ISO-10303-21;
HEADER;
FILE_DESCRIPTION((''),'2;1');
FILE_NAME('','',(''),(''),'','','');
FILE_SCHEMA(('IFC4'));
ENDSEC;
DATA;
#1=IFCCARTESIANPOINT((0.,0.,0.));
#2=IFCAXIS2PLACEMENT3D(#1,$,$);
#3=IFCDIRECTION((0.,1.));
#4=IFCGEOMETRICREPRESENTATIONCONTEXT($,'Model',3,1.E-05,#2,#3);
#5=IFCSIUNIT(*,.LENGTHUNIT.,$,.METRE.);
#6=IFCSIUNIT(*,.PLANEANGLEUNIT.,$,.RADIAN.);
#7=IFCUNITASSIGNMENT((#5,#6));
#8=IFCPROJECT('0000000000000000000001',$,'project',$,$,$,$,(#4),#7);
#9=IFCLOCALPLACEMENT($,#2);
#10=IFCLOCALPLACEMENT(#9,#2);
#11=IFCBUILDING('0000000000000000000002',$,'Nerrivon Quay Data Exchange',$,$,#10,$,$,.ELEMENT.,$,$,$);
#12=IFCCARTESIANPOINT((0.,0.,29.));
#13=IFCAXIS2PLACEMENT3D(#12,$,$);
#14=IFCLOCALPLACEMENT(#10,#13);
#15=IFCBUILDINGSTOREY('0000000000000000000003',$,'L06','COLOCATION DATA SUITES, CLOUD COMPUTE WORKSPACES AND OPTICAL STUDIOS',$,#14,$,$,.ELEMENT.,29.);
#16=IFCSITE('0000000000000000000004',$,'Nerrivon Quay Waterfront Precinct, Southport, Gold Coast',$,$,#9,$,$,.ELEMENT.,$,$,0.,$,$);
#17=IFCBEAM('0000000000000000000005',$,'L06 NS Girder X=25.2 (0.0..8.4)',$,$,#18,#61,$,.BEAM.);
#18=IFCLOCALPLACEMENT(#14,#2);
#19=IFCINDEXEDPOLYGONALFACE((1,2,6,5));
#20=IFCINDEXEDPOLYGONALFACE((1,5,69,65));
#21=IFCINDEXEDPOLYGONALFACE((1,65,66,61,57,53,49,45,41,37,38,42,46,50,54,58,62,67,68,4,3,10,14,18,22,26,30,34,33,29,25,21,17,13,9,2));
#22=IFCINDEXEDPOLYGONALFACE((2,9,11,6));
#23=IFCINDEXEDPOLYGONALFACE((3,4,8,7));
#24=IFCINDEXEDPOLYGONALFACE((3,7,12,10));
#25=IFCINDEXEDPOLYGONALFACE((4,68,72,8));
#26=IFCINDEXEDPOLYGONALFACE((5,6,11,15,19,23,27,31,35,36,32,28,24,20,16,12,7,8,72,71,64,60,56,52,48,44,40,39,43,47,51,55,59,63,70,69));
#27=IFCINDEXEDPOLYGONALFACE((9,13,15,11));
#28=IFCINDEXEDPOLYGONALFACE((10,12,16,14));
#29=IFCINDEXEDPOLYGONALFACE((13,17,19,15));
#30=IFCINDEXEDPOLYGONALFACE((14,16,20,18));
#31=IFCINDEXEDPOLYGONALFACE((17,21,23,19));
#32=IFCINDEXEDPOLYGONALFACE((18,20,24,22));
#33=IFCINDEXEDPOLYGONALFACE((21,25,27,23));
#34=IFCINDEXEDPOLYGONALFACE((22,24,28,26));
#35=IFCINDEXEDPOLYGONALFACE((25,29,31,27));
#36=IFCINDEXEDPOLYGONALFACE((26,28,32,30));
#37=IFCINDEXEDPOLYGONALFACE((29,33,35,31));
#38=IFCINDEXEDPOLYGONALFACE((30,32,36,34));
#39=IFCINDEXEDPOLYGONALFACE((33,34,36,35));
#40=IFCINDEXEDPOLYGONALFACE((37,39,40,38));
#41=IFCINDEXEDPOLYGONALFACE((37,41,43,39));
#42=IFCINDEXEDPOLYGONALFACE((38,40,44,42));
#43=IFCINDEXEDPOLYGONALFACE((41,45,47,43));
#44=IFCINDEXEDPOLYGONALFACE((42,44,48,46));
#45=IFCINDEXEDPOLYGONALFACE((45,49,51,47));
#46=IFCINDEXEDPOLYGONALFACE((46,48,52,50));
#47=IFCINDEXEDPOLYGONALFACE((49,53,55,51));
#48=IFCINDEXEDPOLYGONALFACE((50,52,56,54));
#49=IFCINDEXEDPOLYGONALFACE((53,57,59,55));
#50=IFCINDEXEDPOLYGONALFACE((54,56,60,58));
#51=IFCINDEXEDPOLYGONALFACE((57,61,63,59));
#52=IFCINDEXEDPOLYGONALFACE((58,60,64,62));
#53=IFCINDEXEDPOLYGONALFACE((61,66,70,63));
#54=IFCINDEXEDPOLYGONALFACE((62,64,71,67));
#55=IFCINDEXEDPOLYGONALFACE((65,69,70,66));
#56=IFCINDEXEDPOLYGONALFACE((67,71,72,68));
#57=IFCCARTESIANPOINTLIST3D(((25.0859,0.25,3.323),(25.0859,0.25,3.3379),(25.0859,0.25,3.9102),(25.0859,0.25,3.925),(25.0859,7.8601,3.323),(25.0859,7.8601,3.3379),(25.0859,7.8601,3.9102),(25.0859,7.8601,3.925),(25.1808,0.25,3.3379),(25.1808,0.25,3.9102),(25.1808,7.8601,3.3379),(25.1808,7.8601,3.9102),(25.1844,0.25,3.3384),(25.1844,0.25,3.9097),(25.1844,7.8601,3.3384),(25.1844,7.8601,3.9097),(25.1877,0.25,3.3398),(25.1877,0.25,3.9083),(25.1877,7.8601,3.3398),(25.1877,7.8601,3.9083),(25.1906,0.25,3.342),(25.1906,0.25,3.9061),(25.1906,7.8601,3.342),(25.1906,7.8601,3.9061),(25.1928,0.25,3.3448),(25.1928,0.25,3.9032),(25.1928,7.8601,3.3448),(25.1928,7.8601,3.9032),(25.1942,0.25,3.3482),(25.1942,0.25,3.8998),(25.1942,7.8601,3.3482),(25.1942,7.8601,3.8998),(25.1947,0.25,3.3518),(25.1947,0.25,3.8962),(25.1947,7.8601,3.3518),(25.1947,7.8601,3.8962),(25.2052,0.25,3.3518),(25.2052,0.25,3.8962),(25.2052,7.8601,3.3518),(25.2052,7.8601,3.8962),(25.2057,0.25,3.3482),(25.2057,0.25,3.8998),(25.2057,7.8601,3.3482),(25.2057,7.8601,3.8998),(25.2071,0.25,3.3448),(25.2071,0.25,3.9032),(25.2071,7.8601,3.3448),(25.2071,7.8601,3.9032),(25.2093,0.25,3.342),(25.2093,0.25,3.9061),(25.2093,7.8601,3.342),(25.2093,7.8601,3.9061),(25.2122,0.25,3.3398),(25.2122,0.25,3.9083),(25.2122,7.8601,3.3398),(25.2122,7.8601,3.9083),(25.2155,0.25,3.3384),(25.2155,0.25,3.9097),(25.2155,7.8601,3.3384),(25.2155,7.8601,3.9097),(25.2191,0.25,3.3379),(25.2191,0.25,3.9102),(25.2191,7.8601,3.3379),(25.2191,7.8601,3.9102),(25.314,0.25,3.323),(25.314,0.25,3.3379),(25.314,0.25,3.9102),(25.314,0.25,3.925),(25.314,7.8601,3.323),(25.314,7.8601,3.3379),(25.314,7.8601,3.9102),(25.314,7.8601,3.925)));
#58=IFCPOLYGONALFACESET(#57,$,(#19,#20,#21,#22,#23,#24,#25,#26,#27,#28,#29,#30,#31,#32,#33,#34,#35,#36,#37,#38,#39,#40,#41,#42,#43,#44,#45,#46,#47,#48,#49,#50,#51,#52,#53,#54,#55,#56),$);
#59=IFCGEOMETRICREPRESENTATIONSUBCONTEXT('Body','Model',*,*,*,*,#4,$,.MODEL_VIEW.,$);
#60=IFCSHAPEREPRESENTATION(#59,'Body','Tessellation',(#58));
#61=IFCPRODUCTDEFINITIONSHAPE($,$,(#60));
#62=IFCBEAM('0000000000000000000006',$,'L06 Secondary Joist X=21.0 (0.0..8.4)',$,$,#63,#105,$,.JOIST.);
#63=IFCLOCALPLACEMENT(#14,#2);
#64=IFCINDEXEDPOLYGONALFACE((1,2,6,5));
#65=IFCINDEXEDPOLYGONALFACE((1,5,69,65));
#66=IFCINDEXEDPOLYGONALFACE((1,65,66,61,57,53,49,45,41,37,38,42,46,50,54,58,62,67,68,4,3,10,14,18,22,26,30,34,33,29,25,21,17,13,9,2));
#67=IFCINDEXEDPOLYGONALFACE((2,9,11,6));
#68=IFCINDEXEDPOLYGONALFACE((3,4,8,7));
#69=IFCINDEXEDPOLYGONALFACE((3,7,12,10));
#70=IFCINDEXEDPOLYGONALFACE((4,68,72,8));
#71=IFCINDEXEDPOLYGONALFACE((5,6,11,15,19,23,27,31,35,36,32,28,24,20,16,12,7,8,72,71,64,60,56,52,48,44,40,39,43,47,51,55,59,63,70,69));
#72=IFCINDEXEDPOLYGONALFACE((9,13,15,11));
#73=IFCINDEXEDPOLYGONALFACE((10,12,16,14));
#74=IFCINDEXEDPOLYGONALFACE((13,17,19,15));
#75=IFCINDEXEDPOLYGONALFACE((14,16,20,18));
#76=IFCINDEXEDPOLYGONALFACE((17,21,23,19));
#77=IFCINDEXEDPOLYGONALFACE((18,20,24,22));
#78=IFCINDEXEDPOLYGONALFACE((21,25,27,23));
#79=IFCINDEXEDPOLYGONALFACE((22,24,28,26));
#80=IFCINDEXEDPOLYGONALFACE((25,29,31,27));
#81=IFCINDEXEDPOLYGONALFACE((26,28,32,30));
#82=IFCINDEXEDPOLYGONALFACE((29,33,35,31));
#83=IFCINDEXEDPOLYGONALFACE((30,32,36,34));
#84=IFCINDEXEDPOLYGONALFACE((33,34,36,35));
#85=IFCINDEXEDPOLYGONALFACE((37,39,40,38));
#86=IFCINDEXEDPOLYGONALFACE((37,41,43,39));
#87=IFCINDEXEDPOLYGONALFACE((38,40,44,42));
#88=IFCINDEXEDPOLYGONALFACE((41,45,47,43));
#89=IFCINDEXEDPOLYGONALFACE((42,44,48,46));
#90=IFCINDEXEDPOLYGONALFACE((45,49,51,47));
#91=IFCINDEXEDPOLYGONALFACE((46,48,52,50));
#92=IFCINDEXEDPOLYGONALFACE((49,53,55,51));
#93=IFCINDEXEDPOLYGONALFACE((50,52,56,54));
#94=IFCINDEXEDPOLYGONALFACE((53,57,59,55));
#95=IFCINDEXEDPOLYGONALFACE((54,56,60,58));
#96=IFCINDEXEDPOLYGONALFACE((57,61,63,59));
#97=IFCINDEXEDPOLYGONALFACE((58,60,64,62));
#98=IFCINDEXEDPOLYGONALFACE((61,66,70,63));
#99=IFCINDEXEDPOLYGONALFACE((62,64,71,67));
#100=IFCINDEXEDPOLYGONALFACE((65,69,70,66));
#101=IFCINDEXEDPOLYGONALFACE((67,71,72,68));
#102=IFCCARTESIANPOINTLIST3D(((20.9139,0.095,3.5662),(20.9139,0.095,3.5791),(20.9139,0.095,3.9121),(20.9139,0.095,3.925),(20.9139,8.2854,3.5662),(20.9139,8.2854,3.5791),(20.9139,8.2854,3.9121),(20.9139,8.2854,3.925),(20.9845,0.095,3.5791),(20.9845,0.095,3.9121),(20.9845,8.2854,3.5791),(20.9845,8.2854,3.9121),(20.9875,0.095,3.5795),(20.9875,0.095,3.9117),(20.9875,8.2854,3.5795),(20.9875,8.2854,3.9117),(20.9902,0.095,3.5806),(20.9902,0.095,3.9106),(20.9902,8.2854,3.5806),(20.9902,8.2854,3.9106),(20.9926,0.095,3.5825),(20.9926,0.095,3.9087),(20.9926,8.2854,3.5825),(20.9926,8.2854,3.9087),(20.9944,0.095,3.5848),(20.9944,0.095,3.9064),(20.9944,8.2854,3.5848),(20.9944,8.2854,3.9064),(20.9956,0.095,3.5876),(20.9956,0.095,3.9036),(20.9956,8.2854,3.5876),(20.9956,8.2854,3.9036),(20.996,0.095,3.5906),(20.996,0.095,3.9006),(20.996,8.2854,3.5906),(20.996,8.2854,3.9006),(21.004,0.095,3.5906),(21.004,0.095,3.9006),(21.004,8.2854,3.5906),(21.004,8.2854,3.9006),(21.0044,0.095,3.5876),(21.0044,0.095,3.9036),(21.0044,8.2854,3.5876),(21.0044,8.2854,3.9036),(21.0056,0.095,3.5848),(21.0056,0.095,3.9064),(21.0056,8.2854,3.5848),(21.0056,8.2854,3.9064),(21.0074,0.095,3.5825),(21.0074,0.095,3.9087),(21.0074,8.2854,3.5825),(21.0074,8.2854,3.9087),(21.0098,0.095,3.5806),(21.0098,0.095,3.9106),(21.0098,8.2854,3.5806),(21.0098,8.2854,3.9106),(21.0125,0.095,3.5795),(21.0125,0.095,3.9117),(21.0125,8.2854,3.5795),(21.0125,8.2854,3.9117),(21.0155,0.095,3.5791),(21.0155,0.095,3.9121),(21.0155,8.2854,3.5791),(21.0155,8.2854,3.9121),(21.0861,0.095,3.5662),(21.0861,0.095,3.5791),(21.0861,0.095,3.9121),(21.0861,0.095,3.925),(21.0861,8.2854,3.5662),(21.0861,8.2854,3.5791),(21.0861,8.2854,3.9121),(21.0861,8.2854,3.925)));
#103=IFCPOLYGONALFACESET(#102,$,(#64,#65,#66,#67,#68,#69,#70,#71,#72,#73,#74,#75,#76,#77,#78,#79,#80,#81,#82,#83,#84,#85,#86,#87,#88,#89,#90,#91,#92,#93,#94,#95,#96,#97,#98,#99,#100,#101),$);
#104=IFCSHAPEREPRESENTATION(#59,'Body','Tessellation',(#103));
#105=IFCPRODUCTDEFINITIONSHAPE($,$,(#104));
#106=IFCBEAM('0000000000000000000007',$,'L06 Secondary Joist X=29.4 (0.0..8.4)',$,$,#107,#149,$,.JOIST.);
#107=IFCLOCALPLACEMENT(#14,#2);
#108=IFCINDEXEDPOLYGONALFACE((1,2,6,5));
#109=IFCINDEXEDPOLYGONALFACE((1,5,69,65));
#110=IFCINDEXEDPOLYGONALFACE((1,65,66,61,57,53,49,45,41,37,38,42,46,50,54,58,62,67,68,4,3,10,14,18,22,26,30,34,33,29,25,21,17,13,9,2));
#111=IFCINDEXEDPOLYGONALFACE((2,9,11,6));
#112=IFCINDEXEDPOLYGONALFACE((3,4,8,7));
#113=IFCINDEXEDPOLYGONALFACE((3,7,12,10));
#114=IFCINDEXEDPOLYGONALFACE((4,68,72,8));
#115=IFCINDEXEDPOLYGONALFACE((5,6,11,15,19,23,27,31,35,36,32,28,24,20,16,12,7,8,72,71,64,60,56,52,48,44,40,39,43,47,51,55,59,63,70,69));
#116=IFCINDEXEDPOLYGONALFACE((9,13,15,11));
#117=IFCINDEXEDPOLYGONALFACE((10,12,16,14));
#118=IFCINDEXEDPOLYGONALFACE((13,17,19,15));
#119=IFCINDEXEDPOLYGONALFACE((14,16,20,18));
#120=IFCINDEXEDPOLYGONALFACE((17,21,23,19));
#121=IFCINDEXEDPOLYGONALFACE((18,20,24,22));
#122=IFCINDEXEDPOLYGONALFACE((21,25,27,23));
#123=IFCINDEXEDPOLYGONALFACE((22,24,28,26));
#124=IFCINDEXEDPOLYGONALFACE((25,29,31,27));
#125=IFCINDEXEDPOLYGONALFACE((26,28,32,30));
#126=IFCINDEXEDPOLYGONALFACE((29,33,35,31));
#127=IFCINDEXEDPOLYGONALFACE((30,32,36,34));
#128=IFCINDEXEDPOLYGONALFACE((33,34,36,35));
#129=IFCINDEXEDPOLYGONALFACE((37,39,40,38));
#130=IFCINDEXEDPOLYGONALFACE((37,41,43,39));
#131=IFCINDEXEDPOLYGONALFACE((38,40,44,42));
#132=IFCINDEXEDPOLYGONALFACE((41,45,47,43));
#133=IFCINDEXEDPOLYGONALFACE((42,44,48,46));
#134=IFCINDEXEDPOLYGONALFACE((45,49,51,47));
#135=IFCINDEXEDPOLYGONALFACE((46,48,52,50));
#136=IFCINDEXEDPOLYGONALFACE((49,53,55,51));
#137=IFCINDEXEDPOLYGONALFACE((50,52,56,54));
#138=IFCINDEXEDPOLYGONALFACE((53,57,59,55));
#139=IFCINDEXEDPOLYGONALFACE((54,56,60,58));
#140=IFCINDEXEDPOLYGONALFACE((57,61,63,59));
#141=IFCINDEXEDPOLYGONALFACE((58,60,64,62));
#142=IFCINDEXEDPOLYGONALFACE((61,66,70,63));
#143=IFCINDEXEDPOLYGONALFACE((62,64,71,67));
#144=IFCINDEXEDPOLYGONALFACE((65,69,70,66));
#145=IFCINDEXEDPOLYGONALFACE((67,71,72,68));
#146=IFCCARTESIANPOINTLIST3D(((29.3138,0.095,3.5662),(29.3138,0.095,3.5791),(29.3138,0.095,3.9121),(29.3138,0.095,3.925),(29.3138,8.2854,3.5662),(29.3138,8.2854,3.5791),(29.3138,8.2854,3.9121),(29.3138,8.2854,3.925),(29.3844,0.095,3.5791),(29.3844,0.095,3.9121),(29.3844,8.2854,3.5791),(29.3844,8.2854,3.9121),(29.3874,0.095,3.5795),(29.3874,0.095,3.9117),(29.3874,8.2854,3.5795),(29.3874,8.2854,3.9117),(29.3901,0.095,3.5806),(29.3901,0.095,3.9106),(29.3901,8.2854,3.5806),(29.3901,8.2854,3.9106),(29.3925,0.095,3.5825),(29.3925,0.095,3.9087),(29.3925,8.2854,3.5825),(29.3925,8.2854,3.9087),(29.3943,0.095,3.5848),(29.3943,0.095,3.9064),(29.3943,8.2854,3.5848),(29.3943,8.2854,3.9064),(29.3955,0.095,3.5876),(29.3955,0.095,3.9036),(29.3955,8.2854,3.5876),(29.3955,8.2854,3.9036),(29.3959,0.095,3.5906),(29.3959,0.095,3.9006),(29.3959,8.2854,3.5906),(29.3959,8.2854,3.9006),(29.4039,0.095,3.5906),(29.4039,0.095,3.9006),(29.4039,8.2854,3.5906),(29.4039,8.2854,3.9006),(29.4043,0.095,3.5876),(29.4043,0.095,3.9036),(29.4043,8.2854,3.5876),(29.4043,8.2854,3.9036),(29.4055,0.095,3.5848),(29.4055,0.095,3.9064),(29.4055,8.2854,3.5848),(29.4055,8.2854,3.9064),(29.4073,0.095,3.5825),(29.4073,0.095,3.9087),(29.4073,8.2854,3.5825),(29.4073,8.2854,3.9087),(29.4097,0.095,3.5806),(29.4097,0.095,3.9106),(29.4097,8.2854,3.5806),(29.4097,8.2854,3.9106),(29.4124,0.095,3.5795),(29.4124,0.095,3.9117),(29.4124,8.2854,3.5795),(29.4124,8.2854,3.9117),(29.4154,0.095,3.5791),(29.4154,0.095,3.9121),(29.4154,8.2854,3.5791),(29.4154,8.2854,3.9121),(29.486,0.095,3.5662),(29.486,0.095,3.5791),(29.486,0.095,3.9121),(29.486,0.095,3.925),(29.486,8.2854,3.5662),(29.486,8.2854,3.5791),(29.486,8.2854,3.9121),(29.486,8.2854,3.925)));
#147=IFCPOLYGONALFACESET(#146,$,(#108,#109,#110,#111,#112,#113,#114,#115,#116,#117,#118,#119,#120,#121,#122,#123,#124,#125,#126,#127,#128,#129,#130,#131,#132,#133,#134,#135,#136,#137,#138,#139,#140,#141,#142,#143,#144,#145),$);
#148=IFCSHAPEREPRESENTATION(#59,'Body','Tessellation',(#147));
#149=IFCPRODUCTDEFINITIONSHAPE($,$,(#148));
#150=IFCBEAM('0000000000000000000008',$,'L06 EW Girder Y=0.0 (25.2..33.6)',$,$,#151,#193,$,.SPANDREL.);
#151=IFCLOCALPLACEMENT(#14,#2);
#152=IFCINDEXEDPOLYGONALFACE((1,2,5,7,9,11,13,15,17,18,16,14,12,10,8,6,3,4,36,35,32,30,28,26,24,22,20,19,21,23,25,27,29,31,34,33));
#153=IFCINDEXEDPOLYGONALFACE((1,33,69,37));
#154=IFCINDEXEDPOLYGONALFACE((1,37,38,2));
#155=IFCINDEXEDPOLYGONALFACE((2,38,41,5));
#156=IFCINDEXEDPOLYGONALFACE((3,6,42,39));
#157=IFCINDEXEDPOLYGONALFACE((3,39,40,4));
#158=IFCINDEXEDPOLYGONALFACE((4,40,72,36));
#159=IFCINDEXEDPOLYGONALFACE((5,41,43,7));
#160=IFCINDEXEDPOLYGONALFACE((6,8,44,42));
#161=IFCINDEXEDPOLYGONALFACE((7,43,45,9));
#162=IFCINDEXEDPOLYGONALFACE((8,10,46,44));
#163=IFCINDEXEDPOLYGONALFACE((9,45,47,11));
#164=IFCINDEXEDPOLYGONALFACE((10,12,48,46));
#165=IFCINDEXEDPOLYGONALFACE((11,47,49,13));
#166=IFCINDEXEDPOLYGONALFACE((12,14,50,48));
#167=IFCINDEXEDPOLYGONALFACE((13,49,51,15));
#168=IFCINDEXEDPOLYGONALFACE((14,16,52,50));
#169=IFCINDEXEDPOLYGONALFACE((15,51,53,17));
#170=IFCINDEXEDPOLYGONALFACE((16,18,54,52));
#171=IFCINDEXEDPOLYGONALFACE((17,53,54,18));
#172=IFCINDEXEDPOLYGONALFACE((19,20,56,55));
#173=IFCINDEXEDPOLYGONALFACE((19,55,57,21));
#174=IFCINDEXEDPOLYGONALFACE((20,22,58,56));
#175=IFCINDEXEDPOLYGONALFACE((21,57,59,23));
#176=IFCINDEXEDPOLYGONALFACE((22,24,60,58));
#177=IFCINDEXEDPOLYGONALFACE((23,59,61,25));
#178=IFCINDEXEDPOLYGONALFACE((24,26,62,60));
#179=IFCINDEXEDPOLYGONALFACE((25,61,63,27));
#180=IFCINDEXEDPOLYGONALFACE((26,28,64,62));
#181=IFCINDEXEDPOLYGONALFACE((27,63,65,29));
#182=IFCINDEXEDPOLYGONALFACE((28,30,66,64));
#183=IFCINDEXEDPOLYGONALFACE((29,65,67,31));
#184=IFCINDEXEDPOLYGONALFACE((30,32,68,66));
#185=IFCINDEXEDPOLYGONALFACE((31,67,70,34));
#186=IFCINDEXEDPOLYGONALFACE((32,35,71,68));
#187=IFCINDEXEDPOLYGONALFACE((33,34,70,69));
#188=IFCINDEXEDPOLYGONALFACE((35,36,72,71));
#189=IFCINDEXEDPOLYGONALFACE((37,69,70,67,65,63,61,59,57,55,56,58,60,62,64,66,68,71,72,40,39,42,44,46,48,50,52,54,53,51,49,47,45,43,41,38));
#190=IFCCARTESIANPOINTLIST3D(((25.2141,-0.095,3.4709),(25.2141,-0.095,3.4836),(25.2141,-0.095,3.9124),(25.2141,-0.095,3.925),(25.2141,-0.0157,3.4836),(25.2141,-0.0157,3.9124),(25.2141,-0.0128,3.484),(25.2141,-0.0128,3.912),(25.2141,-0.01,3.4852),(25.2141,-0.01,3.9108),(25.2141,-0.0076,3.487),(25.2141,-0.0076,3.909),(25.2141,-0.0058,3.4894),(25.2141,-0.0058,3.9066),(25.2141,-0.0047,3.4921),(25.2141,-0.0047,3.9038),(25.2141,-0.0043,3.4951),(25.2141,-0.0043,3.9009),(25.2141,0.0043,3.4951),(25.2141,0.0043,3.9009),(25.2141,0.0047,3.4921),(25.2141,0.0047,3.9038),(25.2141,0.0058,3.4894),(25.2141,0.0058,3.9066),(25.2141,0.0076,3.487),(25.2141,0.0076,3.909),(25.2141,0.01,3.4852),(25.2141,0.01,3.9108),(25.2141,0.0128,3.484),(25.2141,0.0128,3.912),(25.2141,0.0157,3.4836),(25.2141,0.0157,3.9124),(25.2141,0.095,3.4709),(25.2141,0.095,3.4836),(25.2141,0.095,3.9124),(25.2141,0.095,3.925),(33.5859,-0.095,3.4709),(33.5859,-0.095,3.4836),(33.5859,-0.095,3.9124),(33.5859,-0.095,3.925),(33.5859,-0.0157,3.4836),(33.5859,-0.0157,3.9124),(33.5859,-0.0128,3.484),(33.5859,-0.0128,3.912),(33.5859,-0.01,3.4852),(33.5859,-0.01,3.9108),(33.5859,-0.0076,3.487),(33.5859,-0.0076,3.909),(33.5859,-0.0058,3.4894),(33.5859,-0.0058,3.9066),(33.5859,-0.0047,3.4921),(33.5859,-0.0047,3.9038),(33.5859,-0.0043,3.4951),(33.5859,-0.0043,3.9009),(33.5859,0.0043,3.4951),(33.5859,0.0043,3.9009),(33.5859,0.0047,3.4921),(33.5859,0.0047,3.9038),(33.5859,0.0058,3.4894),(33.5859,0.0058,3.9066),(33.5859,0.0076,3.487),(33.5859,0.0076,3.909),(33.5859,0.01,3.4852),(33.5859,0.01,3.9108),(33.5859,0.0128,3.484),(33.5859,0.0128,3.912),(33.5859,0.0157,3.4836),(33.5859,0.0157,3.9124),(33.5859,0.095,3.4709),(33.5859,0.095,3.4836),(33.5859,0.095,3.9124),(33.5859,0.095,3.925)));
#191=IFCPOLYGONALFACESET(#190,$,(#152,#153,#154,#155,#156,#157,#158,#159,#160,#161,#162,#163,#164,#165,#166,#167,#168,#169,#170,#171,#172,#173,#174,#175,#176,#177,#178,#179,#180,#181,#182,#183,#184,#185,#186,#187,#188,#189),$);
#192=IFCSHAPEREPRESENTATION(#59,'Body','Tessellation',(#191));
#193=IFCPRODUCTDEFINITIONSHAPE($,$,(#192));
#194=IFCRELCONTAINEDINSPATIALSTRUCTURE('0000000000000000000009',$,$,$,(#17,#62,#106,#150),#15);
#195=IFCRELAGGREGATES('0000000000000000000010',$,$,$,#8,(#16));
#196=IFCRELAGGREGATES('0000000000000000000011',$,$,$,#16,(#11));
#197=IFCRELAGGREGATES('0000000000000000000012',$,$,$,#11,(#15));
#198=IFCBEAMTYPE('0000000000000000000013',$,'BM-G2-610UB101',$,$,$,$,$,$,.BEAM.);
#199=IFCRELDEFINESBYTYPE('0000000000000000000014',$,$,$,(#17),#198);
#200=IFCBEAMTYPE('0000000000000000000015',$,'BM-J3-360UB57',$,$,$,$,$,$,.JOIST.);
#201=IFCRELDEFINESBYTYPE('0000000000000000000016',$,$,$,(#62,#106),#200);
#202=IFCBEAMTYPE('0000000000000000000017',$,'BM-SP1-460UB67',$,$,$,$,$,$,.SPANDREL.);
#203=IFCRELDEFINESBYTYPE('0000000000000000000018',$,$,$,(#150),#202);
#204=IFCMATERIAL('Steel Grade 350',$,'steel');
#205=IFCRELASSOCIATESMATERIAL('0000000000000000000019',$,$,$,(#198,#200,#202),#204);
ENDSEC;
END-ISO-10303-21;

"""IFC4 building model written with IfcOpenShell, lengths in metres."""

from ifc_helpers import new_model, si_unit, direction, frame, origin, origin_2d, place, context, subcontext, project, spatial, i_section, extrude, material, material_profile, profile_set, type_object, element, save


model = new_model("IFC4")

# Units and contexts
model_context = context("Model", 3, precision=1e-05, world=origin(), true_north=direction((0.0, 1.0)))
body_context = subcontext(model_context, "Body", "Model", "MODEL_VIEW")
ifc_project = project(units=[si_unit("LENGTHUNIT", "METRE"), si_unit("PLANEANGLEUNIT", "RADIAN")], contexts=[model_context])

# Site, building, storey
site_placement = place(None, origin())
site = spatial("IfcSite", under=ifc_project, at=site_placement, Name="Nerrivon Quay Waterfront Precinct, Southport, Gold Coast", CompositionType="ELEMENT", RefElevation=0.0)
building_placement = place(site_placement, origin())
building = spatial("IfcBuilding", under=site, at=building_placement, Name="Nerrivon Quay Data Exchange", CompositionType="ELEMENT")
storey_placement = place(building_placement, frame((0.0, 0.0, 29.0)))
storey = spatial("IfcBuildingStorey", under=building, at=storey_placement, Name="L06", Description="COLOCATION DATA SUITES, CLOUD COMPUTE WORKSPACES AND OPTICAL STUDIOS", CompositionType="ELEMENT", Elevation=29.0)

# Shared definitions
ifc_material_1 = material(Name="Steel Grade 350", Category="steel")

# Beams
ifc_material_profile_1 = material_profile(ifc_material_1, i_section(OverallWidth=0.228, OverallDepth=0.6021, WebThickness=0.0105, FlangeThickness=0.0149, FilletRadius=0.0139, at=origin_2d()), Name="610UB101")
ifc_profile_set_1 = profile_set([ifc_material_profile_1], Name="Steel Grade 350")
beam_type_1 = type_object("IfcBeamType", Name="BM-G2-610UB101", PredefinedType="BEAM", material=ifc_profile_set_1)
beam_1_placement = place(storey_placement, frame((25.2, 0.25, 3.624), z_axis=(0.0, 1.0, 0.0), x_axis=(-1.0, 0.0, 0.0)))
element("IfcBeam", 1, at=beam_1_placement, inside=storey, type_object=beam_type_1, Name="L06 NS Girder X=25.2 (0.0..8.4)", PredefinedType="BEAM", context=body_context, shape_type="SweptSolid", body=[
    extrude(i_section(OverallWidth=0.228, OverallDepth=0.6021, WebThickness=0.0105, FlangeThickness=0.0149, FilletRadius=0.0139, at=origin_2d()), origin(), (0.0, 0.0, 1.0), 7.6101),
])
ifc_material_profile_2 = material_profile(ifc_material_1, i_section(OverallWidth=0.1721, OverallDepth=0.3589, WebThickness=0.0081, FlangeThickness=0.0129, FilletRadius=0.0115, at=origin_2d()), Name="360UB56.7")
ifc_profile_set_2 = profile_set([ifc_material_profile_2], Name="Steel Grade 350")
beam_type_2 = type_object("IfcBeamType", Name="BM-J3-360UB57", PredefinedType="JOIST", material=ifc_profile_set_2)
for number, where, z_axis, x_axis, name in (
    (2, (21.0, 0.095, 3.7456), (0.0, 1.0, 0.0), (-1.0, 0.0, 0.0), "L06 Secondary Joist X=21.0 (0.0..8.4)"),
    (3, (29.3999, 0.095, 3.7456), (0.0, 1.0, 0.0), (-1.0, 0.0, 0.0), "L06 Secondary Joist X=29.4 (0.0..8.4)"),
):
    element("IfcBeam", number, at=place(storey_placement, frame(where, z_axis=z_axis, x_axis=x_axis)), inside=storey, type_object=beam_type_2, Name=name, PredefinedType="JOIST", context=body_context, shape_type="SweptSolid", body=[
        extrude(i_section(OverallWidth=0.1721, OverallDepth=0.3589, WebThickness=0.0081, FlangeThickness=0.0129, FilletRadius=0.0115, at=origin_2d()), origin(), (0.0, 0.0, 1.0), 8.1904),
    ])
ifc_material_profile_3 = material_profile(ifc_material_1, i_section(OverallWidth=0.1899, OverallDepth=0.4541, WebThickness=0.0085, FlangeThickness=0.0127, FilletRadius=0.0115, at=origin_2d()), Name="460UB67.1")
ifc_profile_set_3 = profile_set([ifc_material_profile_3], Name="Steel Grade 350")
beam_type_3 = type_object("IfcBeamType", Name="BM-SP1-460UB67", PredefinedType="SPANDREL", material=ifc_profile_set_3)
beam_2_placement = place(storey_placement, frame((25.2141, 0.0, 3.698), z_axis=(1.0, 0.0, 0.0), x_axis=(0.0, 1.0, 0.0)))
element("IfcBeam", 4, at=beam_2_placement, inside=storey, type_object=beam_type_3, Name="L06 EW Girder Y=0.0 (25.2..33.6)", PredefinedType="SPANDREL", context=body_context, shape_type="SweptSolid", body=[
    extrude(i_section(OverallWidth=0.1899, OverallDepth=0.4541, WebThickness=0.0085, FlangeThickness=0.0127, FilletRadius=0.0115, at=origin_2d()), origin(), (0.0, 0.0, 1.0), 8.3718),
])

save(model, "model.ifc")
